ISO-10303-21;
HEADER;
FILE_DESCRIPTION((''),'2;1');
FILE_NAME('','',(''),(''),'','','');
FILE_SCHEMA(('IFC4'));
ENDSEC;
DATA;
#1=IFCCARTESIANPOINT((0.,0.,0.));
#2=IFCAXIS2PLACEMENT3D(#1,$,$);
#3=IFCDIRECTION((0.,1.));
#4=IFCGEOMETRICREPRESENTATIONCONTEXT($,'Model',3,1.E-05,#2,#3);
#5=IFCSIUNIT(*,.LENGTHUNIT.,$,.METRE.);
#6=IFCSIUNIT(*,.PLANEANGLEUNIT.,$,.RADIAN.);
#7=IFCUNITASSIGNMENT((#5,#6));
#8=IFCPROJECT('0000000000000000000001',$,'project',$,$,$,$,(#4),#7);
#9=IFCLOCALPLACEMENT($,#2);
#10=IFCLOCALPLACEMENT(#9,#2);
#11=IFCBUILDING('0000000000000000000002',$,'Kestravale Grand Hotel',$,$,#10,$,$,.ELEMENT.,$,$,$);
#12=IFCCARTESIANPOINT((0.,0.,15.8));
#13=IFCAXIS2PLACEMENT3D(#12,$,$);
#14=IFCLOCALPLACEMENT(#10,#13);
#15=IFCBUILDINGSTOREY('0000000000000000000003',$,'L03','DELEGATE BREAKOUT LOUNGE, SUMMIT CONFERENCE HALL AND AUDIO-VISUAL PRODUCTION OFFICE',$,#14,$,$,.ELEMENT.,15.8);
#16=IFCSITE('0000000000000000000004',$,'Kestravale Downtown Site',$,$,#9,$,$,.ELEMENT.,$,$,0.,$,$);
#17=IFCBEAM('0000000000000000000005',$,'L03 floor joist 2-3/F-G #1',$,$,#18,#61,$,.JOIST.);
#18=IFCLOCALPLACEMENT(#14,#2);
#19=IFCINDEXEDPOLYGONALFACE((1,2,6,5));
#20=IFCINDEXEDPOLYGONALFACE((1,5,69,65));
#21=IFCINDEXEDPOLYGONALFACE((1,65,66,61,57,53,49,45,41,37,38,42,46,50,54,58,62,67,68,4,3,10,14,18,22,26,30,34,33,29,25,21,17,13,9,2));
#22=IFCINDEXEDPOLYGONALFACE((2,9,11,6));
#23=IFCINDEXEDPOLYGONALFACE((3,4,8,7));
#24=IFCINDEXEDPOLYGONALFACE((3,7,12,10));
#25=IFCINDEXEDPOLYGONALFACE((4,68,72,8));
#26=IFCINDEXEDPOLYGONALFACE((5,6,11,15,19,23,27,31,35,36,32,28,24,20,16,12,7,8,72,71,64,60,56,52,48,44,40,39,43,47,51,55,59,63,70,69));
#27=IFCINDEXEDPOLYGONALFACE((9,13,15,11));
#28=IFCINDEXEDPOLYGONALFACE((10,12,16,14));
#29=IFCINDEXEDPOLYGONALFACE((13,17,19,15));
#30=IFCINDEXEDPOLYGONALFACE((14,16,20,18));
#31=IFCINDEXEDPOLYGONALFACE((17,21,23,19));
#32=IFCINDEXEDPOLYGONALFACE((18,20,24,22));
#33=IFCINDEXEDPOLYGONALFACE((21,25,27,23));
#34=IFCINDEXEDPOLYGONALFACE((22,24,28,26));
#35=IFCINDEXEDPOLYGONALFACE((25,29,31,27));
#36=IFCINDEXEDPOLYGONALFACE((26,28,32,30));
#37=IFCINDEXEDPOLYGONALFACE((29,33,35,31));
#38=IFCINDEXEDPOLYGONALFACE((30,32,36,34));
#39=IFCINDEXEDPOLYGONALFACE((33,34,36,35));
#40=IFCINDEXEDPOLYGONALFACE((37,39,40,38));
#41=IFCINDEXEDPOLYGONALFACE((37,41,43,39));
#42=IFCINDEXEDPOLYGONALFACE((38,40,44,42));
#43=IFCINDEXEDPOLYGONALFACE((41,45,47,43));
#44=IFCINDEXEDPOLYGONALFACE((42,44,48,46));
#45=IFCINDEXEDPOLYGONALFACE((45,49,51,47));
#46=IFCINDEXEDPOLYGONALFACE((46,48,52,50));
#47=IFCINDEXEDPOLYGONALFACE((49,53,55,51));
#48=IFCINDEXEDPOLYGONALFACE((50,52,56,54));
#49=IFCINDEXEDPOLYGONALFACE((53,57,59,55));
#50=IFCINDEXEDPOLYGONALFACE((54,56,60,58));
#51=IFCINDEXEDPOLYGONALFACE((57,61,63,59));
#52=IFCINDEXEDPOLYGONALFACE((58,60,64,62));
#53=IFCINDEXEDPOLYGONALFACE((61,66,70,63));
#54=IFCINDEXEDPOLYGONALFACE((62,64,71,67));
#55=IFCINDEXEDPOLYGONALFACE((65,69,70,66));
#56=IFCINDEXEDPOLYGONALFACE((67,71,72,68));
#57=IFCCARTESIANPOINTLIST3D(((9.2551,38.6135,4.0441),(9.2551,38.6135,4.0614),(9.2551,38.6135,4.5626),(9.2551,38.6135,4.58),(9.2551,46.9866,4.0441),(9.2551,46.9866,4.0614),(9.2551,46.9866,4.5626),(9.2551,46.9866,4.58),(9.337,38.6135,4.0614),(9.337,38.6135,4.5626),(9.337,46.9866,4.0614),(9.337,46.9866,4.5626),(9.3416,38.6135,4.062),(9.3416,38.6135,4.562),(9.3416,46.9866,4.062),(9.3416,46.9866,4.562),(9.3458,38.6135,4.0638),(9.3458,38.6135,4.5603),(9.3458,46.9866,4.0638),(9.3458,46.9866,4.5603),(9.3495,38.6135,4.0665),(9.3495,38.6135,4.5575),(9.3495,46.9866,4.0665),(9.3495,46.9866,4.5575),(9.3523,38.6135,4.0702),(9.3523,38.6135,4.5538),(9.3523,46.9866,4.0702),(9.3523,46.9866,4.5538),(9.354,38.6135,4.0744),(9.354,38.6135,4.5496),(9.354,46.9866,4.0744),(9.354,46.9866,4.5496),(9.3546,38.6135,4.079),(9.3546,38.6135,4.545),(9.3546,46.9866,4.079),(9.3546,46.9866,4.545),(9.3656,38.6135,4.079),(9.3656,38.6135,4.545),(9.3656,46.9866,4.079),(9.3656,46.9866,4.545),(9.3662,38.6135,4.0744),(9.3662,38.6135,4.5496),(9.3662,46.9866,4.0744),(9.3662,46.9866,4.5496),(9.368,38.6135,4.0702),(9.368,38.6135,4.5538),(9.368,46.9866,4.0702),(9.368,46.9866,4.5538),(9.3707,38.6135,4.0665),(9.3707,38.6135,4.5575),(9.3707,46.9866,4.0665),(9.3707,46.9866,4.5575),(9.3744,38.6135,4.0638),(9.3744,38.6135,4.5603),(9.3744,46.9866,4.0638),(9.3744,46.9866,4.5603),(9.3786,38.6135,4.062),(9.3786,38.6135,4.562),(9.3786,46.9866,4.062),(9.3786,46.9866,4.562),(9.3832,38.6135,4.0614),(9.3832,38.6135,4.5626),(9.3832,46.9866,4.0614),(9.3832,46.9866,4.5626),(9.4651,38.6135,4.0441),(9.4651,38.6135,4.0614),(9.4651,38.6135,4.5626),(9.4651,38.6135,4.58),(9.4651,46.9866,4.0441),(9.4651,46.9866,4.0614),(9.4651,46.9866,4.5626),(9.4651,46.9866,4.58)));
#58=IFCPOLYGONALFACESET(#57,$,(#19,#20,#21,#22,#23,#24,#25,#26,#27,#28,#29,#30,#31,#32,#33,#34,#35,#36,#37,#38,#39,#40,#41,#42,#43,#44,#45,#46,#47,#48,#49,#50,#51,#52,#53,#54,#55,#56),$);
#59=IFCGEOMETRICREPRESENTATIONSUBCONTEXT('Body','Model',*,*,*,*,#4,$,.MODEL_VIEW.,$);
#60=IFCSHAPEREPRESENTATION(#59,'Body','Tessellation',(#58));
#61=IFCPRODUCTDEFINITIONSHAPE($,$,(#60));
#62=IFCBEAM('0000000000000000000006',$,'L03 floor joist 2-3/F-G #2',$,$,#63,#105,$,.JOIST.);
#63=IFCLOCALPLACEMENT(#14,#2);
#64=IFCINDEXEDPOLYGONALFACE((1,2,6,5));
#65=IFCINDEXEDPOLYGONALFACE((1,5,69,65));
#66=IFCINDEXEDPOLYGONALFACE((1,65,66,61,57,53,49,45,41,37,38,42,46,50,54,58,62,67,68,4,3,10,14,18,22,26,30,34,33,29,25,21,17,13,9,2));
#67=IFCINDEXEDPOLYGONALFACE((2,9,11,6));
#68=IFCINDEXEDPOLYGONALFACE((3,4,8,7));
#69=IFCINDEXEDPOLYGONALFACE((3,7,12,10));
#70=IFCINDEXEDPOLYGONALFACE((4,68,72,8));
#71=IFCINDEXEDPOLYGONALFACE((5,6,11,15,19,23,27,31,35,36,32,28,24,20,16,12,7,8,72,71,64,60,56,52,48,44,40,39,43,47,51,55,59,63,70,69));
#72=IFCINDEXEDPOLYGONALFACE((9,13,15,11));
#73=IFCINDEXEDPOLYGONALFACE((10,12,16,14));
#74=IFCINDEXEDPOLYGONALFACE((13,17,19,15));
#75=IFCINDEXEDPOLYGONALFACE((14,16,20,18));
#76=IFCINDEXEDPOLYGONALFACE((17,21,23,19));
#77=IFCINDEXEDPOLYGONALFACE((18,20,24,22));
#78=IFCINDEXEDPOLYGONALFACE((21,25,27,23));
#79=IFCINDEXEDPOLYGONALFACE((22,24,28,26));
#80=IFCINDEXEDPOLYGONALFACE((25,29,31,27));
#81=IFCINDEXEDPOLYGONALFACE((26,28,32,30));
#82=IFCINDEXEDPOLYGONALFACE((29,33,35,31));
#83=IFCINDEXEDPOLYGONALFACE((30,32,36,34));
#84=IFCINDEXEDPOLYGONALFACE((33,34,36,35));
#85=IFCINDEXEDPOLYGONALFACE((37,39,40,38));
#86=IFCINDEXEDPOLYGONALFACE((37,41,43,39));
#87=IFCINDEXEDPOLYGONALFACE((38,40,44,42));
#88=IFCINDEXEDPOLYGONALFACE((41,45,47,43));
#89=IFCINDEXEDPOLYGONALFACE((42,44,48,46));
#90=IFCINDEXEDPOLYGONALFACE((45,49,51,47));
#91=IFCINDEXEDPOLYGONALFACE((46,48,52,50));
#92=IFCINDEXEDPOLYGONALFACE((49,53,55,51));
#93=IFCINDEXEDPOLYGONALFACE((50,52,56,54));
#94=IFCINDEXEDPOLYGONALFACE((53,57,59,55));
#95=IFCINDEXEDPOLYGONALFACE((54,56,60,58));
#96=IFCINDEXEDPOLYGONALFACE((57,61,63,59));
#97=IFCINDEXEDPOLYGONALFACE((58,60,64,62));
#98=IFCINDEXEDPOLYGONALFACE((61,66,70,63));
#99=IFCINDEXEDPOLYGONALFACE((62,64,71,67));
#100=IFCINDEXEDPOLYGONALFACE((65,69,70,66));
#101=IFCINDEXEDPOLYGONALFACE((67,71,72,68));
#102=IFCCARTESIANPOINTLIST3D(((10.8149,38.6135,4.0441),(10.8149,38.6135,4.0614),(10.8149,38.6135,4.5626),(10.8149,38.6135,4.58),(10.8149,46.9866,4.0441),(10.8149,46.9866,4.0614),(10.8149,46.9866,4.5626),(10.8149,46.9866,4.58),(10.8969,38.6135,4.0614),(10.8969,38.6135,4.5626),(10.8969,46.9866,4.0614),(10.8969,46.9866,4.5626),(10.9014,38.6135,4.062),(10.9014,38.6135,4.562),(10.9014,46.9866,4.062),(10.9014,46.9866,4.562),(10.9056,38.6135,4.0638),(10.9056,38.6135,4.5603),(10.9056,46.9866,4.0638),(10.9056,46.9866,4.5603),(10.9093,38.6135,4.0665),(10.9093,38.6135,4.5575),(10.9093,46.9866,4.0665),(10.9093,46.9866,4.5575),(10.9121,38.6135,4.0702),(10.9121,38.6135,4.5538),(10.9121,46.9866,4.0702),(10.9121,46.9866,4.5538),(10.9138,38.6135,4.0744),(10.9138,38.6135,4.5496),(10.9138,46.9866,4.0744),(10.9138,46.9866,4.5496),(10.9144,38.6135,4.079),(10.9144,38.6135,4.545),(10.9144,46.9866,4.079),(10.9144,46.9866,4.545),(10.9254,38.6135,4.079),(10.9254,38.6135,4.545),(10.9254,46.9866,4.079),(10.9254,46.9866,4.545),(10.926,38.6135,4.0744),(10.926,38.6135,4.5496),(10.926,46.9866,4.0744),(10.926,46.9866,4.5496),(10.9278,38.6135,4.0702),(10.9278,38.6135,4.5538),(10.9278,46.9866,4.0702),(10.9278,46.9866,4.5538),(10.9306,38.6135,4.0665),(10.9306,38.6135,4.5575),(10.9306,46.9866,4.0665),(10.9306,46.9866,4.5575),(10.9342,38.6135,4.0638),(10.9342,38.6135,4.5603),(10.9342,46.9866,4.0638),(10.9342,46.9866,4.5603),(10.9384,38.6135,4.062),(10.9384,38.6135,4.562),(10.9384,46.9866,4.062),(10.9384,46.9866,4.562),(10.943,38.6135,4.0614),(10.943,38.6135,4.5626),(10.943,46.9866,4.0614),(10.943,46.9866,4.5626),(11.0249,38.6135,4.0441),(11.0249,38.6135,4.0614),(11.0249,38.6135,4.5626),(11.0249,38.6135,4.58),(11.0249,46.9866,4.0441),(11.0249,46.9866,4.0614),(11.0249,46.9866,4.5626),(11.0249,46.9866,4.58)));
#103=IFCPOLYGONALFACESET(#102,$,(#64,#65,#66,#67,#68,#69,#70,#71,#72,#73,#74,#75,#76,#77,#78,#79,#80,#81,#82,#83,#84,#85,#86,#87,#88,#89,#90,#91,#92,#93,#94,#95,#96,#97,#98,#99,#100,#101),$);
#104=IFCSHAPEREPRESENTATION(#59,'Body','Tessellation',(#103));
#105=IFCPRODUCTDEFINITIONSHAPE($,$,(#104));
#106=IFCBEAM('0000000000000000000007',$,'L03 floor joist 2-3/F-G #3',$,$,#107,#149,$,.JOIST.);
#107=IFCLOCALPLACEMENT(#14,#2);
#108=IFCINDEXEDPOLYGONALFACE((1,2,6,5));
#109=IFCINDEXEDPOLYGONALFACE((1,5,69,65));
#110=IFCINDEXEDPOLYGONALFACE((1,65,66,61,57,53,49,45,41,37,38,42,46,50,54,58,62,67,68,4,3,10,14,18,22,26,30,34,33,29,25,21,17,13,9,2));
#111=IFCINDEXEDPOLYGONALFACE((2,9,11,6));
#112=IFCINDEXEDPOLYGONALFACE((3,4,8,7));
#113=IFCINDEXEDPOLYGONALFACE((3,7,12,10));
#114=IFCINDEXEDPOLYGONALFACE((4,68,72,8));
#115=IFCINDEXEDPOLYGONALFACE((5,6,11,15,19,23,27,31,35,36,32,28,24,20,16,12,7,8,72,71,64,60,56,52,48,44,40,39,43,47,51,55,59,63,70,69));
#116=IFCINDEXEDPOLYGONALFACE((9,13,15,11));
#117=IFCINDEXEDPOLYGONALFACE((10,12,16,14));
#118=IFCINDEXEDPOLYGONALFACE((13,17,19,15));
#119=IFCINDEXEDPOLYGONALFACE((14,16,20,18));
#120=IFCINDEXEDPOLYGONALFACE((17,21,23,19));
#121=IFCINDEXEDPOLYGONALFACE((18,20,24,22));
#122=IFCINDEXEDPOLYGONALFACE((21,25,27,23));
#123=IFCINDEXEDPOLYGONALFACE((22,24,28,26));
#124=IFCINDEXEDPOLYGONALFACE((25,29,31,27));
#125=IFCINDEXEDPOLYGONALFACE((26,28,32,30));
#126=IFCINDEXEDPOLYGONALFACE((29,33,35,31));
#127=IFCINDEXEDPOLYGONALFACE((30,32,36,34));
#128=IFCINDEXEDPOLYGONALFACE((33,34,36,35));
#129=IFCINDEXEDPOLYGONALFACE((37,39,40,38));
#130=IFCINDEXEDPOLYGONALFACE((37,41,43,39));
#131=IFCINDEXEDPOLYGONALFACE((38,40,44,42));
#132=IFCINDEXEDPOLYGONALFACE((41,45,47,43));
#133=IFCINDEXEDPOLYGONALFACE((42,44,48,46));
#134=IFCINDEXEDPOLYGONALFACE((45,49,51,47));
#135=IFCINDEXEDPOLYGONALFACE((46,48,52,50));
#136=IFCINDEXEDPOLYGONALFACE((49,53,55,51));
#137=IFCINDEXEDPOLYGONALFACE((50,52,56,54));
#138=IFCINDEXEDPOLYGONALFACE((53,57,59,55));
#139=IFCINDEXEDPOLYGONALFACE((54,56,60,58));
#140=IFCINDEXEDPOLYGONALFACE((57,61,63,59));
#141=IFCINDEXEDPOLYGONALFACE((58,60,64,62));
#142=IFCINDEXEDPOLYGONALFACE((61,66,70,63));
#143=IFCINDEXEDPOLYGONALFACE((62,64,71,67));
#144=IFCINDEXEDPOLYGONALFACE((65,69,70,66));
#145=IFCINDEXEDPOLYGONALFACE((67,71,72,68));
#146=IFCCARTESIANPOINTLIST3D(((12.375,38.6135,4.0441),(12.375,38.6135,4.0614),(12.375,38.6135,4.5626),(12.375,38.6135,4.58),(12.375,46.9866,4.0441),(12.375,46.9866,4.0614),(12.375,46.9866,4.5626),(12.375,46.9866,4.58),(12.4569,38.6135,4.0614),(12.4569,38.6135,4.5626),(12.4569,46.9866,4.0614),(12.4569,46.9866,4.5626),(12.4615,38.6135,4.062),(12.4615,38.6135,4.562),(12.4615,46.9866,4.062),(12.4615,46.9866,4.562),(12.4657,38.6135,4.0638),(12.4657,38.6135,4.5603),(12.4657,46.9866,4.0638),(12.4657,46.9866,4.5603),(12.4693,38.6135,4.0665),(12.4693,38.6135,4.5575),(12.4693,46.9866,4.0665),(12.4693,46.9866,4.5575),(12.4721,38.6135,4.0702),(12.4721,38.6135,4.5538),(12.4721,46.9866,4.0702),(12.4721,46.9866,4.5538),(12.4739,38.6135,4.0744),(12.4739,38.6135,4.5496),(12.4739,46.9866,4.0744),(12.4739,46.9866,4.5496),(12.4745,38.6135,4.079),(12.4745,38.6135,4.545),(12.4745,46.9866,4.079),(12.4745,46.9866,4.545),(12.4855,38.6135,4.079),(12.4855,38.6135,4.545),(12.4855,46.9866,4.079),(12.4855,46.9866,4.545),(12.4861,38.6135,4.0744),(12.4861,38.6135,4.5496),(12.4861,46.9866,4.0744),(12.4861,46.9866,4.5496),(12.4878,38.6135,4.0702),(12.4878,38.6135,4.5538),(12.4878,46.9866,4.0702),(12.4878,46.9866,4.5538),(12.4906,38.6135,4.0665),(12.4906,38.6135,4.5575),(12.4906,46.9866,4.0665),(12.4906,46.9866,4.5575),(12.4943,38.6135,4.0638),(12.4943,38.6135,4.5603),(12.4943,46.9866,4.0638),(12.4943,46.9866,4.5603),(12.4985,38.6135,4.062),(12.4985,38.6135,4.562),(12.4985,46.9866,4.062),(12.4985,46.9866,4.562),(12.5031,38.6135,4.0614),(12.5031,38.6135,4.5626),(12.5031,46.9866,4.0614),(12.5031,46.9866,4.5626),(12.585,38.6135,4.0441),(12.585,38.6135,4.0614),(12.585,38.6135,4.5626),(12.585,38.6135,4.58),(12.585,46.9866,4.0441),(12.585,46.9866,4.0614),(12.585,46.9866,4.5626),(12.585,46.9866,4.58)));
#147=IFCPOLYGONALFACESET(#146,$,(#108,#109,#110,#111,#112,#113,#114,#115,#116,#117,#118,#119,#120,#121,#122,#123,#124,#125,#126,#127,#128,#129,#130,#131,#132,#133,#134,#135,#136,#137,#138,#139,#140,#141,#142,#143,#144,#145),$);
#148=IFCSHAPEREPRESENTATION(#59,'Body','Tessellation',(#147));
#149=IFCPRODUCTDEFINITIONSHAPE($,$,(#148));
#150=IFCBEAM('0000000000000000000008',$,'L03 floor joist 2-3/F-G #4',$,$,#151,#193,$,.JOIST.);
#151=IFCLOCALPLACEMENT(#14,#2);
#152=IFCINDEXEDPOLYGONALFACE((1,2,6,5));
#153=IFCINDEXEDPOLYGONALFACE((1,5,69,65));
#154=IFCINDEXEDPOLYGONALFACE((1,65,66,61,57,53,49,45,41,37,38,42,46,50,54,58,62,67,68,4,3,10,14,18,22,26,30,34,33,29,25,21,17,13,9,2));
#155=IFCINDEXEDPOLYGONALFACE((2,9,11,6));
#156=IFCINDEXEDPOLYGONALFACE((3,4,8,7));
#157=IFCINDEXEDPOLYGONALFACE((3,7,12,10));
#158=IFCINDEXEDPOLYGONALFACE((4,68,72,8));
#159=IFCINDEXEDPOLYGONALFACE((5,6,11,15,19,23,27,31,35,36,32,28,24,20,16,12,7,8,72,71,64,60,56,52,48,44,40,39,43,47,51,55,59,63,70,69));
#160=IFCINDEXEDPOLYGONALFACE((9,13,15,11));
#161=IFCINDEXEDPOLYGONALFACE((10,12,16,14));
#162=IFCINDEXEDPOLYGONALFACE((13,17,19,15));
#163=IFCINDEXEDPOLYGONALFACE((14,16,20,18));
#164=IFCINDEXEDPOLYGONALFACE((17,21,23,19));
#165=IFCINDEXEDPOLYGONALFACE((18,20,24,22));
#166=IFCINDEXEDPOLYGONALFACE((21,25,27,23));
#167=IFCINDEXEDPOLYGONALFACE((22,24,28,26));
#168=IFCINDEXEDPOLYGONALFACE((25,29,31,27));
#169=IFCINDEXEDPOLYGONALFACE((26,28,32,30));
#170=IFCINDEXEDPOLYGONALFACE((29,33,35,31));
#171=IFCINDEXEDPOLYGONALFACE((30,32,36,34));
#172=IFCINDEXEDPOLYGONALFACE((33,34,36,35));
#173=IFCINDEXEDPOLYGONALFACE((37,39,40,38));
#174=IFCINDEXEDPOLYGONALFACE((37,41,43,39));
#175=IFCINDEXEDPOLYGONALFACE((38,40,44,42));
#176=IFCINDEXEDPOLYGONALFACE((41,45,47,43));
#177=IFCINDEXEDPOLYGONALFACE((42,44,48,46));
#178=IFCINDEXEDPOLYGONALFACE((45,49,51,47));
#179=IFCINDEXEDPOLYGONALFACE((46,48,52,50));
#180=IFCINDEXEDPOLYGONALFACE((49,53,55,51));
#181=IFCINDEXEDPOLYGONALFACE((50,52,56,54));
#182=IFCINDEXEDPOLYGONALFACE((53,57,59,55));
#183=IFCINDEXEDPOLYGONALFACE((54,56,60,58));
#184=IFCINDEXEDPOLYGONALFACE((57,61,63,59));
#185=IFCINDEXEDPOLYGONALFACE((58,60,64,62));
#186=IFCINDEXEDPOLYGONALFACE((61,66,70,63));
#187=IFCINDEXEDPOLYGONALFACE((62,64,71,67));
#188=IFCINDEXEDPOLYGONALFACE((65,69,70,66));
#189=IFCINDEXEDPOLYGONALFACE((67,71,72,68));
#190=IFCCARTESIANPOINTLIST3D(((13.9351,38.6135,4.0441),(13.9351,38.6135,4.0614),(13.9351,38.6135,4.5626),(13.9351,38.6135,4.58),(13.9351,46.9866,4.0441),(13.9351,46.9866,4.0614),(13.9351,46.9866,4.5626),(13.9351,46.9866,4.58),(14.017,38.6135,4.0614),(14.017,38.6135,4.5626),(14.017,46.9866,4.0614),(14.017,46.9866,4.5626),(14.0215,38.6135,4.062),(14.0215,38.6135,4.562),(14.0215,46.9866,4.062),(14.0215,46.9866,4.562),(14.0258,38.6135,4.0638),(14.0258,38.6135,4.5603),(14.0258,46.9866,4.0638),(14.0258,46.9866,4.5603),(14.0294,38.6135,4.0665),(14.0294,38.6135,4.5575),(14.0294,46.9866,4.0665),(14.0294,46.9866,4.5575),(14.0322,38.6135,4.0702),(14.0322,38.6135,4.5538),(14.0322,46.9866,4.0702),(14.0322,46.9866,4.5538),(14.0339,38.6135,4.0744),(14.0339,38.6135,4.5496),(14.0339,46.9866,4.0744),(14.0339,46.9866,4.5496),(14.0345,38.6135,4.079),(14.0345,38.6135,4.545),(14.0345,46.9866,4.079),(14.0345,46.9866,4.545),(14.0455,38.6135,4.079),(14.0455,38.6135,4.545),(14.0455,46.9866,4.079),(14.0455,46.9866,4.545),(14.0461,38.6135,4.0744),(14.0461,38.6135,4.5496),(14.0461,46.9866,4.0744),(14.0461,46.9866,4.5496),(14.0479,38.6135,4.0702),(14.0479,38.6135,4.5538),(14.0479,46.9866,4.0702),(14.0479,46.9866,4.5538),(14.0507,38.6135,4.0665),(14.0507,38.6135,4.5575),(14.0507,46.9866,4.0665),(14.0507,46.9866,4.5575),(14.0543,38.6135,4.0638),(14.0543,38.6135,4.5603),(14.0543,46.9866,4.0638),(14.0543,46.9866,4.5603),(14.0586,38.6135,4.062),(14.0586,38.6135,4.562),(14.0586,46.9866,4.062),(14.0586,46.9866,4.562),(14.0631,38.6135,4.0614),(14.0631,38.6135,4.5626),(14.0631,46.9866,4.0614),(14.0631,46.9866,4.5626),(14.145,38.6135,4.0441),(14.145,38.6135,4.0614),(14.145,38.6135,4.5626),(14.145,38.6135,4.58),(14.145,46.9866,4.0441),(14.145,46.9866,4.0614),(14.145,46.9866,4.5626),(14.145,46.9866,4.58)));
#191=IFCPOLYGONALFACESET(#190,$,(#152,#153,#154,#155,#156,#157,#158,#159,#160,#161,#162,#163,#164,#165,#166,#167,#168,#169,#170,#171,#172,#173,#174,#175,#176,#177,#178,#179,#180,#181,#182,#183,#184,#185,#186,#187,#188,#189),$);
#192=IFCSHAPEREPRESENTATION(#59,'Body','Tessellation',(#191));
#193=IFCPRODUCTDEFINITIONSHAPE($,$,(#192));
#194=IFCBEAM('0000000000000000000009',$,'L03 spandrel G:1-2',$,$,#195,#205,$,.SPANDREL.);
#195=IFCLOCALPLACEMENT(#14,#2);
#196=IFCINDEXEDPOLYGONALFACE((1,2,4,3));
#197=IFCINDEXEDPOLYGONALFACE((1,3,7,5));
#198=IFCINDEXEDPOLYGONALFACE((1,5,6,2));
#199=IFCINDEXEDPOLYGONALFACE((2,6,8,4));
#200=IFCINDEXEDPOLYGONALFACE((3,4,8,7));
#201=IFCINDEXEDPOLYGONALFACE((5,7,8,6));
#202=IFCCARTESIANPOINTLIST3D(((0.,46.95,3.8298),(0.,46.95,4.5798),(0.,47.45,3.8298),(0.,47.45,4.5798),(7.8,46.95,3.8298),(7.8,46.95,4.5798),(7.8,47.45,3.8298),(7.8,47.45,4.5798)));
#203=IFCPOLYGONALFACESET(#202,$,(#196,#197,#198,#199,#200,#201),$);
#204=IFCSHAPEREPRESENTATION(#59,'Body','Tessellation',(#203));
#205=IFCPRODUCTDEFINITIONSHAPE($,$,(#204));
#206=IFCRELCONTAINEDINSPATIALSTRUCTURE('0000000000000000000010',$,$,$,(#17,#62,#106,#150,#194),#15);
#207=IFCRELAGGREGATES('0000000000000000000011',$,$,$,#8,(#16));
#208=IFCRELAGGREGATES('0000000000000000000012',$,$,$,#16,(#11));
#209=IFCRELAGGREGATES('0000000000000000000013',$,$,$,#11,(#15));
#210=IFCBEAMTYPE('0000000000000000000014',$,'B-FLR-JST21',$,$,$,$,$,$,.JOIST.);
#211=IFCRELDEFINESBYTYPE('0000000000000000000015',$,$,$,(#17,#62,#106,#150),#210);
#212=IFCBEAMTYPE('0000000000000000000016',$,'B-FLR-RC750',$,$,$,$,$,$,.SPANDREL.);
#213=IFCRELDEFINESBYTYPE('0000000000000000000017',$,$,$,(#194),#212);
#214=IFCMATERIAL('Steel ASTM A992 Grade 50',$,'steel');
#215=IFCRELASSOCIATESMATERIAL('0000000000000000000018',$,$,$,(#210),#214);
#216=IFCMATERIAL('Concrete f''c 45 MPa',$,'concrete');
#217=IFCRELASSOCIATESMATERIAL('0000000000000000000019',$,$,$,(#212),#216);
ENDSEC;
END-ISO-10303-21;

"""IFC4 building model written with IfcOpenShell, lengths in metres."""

from ifc_helpers import new_model, si_unit, direction, frame, origin, origin_2d, place, context, subcontext, project, spatial, rectangle, i_section, extrude, material, material_profile, profile_set, type_object, element, save


model = new_model("IFC4")

# Units and contexts
model_context = context("Model", 3, precision=1e-05, world=origin(), true_north=direction((0.0, 1.0)))
body_context = subcontext(model_context, "Body", "Model", "MODEL_VIEW")
ifc_project = project(units=[si_unit("LENGTHUNIT", "METRE"), si_unit("PLANEANGLEUNIT", "RADIAN")], contexts=[model_context])

# Site, building, storey
site_placement = place(None, origin())
site = spatial("IfcSite", under=ifc_project, at=site_placement, Name="Kestravale Downtown Site", CompositionType="ELEMENT", RefElevation=0.0)
building_placement = place(site_placement, origin())
building = spatial("IfcBuilding", under=site, at=building_placement, Name="Kestravale Grand Hotel", CompositionType="ELEMENT")
storey_placement = place(building_placement, frame((0.0, 0.0, 15.8)))
storey = spatial("IfcBuildingStorey", under=building, at=storey_placement, Name="L03", Description="DELEGATE BREAKOUT LOUNGE, SUMMIT CONFERENCE HALL AND AUDIO-VISUAL PRODUCTION OFFICE", CompositionType="ELEMENT", Elevation=15.8)

# Beams
ifc_material_1 = material(Name="Steel ASTM A992 Grade 50", Category="steel")
ifc_material_profile_1 = material_profile(ifc_material_1, i_section(OverallWidth=0.21, OverallDepth=0.5359, WebThickness=0.011, FlangeThickness=0.0173, FilletRadius=0.0176, at=origin_2d()))
ifc_profile_set_1 = profile_set([ifc_material_profile_1], Name="Steel ASTM A992 Grade 50")
beam_type_1 = type_object("IfcBeamType", Name="B-FLR-JST21", PredefinedType="JOIST", material=ifc_profile_set_1)
for number, where, z_axis, x_axis, name in (
    (1, (9.3601, 38.6135, 4.312), (0.0, 1.0, 0.0), (-1.0, 0.0, 0.0), "L03 floor joist 2-3/F-G #1"),
    (2, (10.9199, 38.6135, 4.312), (0.0, 1.0, 0.0), (-1.0, 0.0, 0.0), "L03 floor joist 2-3/F-G #2"),
    (3, (12.48, 38.6135, 4.312), (0.0, 1.0, 0.0), (-1.0, 0.0, 0.0), "L03 floor joist 2-3/F-G #3"),
    (4, (14.04, 38.6135, 4.312), (0.0, 1.0, 0.0), (-1.0, 0.0, 0.0), "L03 floor joist 2-3/F-G #4"),
):
    element("IfcBeam", number, at=place(storey_placement, frame(where, z_axis=z_axis, x_axis=x_axis)), inside=storey, type_object=beam_type_1, Name=name, PredefinedType="JOIST", context=body_context, shape_type="SweptSolid", body=[
        extrude(i_section(OverallWidth=0.21, OverallDepth=0.5359, WebThickness=0.011, FlangeThickness=0.0173, FilletRadius=0.0176, at=origin_2d()), origin(), (0.0, 0.0, 1.0), 8.373),
    ])
ifc_material_2 = material(Name="Concrete f'c 45 MPa", Category="concrete")
ifc_material_profile_2 = material_profile(ifc_material_2, rectangle(XDim=0.5, YDim=0.75, at=origin_2d()))
ifc_profile_set_2 = profile_set([ifc_material_profile_2], Name="Concrete f'c 45 MPa")
beam_type_2 = type_object("IfcBeamType", Name="B-FLR-RC750", PredefinedType="SPANDREL", material=ifc_profile_set_2)
beam_1_placement = place(storey_placement, frame((0.0, 47.2, 4.2048), z_axis=(1.0, 0.0, 0.0), x_axis=(0.0, 1.0, 0.0)))
element("IfcBeam", 5, at=beam_1_placement, inside=storey, type_object=beam_type_2, Name="L03 spandrel G:1-2", PredefinedType="SPANDREL", context=body_context, shape_type="SweptSolid", body=[
    extrude(rectangle(XDim=0.5, YDim=0.75, at=origin_2d()), origin(), (0.0, 0.0, 1.0), 7.8),
])

save(model, "model.ifc")
